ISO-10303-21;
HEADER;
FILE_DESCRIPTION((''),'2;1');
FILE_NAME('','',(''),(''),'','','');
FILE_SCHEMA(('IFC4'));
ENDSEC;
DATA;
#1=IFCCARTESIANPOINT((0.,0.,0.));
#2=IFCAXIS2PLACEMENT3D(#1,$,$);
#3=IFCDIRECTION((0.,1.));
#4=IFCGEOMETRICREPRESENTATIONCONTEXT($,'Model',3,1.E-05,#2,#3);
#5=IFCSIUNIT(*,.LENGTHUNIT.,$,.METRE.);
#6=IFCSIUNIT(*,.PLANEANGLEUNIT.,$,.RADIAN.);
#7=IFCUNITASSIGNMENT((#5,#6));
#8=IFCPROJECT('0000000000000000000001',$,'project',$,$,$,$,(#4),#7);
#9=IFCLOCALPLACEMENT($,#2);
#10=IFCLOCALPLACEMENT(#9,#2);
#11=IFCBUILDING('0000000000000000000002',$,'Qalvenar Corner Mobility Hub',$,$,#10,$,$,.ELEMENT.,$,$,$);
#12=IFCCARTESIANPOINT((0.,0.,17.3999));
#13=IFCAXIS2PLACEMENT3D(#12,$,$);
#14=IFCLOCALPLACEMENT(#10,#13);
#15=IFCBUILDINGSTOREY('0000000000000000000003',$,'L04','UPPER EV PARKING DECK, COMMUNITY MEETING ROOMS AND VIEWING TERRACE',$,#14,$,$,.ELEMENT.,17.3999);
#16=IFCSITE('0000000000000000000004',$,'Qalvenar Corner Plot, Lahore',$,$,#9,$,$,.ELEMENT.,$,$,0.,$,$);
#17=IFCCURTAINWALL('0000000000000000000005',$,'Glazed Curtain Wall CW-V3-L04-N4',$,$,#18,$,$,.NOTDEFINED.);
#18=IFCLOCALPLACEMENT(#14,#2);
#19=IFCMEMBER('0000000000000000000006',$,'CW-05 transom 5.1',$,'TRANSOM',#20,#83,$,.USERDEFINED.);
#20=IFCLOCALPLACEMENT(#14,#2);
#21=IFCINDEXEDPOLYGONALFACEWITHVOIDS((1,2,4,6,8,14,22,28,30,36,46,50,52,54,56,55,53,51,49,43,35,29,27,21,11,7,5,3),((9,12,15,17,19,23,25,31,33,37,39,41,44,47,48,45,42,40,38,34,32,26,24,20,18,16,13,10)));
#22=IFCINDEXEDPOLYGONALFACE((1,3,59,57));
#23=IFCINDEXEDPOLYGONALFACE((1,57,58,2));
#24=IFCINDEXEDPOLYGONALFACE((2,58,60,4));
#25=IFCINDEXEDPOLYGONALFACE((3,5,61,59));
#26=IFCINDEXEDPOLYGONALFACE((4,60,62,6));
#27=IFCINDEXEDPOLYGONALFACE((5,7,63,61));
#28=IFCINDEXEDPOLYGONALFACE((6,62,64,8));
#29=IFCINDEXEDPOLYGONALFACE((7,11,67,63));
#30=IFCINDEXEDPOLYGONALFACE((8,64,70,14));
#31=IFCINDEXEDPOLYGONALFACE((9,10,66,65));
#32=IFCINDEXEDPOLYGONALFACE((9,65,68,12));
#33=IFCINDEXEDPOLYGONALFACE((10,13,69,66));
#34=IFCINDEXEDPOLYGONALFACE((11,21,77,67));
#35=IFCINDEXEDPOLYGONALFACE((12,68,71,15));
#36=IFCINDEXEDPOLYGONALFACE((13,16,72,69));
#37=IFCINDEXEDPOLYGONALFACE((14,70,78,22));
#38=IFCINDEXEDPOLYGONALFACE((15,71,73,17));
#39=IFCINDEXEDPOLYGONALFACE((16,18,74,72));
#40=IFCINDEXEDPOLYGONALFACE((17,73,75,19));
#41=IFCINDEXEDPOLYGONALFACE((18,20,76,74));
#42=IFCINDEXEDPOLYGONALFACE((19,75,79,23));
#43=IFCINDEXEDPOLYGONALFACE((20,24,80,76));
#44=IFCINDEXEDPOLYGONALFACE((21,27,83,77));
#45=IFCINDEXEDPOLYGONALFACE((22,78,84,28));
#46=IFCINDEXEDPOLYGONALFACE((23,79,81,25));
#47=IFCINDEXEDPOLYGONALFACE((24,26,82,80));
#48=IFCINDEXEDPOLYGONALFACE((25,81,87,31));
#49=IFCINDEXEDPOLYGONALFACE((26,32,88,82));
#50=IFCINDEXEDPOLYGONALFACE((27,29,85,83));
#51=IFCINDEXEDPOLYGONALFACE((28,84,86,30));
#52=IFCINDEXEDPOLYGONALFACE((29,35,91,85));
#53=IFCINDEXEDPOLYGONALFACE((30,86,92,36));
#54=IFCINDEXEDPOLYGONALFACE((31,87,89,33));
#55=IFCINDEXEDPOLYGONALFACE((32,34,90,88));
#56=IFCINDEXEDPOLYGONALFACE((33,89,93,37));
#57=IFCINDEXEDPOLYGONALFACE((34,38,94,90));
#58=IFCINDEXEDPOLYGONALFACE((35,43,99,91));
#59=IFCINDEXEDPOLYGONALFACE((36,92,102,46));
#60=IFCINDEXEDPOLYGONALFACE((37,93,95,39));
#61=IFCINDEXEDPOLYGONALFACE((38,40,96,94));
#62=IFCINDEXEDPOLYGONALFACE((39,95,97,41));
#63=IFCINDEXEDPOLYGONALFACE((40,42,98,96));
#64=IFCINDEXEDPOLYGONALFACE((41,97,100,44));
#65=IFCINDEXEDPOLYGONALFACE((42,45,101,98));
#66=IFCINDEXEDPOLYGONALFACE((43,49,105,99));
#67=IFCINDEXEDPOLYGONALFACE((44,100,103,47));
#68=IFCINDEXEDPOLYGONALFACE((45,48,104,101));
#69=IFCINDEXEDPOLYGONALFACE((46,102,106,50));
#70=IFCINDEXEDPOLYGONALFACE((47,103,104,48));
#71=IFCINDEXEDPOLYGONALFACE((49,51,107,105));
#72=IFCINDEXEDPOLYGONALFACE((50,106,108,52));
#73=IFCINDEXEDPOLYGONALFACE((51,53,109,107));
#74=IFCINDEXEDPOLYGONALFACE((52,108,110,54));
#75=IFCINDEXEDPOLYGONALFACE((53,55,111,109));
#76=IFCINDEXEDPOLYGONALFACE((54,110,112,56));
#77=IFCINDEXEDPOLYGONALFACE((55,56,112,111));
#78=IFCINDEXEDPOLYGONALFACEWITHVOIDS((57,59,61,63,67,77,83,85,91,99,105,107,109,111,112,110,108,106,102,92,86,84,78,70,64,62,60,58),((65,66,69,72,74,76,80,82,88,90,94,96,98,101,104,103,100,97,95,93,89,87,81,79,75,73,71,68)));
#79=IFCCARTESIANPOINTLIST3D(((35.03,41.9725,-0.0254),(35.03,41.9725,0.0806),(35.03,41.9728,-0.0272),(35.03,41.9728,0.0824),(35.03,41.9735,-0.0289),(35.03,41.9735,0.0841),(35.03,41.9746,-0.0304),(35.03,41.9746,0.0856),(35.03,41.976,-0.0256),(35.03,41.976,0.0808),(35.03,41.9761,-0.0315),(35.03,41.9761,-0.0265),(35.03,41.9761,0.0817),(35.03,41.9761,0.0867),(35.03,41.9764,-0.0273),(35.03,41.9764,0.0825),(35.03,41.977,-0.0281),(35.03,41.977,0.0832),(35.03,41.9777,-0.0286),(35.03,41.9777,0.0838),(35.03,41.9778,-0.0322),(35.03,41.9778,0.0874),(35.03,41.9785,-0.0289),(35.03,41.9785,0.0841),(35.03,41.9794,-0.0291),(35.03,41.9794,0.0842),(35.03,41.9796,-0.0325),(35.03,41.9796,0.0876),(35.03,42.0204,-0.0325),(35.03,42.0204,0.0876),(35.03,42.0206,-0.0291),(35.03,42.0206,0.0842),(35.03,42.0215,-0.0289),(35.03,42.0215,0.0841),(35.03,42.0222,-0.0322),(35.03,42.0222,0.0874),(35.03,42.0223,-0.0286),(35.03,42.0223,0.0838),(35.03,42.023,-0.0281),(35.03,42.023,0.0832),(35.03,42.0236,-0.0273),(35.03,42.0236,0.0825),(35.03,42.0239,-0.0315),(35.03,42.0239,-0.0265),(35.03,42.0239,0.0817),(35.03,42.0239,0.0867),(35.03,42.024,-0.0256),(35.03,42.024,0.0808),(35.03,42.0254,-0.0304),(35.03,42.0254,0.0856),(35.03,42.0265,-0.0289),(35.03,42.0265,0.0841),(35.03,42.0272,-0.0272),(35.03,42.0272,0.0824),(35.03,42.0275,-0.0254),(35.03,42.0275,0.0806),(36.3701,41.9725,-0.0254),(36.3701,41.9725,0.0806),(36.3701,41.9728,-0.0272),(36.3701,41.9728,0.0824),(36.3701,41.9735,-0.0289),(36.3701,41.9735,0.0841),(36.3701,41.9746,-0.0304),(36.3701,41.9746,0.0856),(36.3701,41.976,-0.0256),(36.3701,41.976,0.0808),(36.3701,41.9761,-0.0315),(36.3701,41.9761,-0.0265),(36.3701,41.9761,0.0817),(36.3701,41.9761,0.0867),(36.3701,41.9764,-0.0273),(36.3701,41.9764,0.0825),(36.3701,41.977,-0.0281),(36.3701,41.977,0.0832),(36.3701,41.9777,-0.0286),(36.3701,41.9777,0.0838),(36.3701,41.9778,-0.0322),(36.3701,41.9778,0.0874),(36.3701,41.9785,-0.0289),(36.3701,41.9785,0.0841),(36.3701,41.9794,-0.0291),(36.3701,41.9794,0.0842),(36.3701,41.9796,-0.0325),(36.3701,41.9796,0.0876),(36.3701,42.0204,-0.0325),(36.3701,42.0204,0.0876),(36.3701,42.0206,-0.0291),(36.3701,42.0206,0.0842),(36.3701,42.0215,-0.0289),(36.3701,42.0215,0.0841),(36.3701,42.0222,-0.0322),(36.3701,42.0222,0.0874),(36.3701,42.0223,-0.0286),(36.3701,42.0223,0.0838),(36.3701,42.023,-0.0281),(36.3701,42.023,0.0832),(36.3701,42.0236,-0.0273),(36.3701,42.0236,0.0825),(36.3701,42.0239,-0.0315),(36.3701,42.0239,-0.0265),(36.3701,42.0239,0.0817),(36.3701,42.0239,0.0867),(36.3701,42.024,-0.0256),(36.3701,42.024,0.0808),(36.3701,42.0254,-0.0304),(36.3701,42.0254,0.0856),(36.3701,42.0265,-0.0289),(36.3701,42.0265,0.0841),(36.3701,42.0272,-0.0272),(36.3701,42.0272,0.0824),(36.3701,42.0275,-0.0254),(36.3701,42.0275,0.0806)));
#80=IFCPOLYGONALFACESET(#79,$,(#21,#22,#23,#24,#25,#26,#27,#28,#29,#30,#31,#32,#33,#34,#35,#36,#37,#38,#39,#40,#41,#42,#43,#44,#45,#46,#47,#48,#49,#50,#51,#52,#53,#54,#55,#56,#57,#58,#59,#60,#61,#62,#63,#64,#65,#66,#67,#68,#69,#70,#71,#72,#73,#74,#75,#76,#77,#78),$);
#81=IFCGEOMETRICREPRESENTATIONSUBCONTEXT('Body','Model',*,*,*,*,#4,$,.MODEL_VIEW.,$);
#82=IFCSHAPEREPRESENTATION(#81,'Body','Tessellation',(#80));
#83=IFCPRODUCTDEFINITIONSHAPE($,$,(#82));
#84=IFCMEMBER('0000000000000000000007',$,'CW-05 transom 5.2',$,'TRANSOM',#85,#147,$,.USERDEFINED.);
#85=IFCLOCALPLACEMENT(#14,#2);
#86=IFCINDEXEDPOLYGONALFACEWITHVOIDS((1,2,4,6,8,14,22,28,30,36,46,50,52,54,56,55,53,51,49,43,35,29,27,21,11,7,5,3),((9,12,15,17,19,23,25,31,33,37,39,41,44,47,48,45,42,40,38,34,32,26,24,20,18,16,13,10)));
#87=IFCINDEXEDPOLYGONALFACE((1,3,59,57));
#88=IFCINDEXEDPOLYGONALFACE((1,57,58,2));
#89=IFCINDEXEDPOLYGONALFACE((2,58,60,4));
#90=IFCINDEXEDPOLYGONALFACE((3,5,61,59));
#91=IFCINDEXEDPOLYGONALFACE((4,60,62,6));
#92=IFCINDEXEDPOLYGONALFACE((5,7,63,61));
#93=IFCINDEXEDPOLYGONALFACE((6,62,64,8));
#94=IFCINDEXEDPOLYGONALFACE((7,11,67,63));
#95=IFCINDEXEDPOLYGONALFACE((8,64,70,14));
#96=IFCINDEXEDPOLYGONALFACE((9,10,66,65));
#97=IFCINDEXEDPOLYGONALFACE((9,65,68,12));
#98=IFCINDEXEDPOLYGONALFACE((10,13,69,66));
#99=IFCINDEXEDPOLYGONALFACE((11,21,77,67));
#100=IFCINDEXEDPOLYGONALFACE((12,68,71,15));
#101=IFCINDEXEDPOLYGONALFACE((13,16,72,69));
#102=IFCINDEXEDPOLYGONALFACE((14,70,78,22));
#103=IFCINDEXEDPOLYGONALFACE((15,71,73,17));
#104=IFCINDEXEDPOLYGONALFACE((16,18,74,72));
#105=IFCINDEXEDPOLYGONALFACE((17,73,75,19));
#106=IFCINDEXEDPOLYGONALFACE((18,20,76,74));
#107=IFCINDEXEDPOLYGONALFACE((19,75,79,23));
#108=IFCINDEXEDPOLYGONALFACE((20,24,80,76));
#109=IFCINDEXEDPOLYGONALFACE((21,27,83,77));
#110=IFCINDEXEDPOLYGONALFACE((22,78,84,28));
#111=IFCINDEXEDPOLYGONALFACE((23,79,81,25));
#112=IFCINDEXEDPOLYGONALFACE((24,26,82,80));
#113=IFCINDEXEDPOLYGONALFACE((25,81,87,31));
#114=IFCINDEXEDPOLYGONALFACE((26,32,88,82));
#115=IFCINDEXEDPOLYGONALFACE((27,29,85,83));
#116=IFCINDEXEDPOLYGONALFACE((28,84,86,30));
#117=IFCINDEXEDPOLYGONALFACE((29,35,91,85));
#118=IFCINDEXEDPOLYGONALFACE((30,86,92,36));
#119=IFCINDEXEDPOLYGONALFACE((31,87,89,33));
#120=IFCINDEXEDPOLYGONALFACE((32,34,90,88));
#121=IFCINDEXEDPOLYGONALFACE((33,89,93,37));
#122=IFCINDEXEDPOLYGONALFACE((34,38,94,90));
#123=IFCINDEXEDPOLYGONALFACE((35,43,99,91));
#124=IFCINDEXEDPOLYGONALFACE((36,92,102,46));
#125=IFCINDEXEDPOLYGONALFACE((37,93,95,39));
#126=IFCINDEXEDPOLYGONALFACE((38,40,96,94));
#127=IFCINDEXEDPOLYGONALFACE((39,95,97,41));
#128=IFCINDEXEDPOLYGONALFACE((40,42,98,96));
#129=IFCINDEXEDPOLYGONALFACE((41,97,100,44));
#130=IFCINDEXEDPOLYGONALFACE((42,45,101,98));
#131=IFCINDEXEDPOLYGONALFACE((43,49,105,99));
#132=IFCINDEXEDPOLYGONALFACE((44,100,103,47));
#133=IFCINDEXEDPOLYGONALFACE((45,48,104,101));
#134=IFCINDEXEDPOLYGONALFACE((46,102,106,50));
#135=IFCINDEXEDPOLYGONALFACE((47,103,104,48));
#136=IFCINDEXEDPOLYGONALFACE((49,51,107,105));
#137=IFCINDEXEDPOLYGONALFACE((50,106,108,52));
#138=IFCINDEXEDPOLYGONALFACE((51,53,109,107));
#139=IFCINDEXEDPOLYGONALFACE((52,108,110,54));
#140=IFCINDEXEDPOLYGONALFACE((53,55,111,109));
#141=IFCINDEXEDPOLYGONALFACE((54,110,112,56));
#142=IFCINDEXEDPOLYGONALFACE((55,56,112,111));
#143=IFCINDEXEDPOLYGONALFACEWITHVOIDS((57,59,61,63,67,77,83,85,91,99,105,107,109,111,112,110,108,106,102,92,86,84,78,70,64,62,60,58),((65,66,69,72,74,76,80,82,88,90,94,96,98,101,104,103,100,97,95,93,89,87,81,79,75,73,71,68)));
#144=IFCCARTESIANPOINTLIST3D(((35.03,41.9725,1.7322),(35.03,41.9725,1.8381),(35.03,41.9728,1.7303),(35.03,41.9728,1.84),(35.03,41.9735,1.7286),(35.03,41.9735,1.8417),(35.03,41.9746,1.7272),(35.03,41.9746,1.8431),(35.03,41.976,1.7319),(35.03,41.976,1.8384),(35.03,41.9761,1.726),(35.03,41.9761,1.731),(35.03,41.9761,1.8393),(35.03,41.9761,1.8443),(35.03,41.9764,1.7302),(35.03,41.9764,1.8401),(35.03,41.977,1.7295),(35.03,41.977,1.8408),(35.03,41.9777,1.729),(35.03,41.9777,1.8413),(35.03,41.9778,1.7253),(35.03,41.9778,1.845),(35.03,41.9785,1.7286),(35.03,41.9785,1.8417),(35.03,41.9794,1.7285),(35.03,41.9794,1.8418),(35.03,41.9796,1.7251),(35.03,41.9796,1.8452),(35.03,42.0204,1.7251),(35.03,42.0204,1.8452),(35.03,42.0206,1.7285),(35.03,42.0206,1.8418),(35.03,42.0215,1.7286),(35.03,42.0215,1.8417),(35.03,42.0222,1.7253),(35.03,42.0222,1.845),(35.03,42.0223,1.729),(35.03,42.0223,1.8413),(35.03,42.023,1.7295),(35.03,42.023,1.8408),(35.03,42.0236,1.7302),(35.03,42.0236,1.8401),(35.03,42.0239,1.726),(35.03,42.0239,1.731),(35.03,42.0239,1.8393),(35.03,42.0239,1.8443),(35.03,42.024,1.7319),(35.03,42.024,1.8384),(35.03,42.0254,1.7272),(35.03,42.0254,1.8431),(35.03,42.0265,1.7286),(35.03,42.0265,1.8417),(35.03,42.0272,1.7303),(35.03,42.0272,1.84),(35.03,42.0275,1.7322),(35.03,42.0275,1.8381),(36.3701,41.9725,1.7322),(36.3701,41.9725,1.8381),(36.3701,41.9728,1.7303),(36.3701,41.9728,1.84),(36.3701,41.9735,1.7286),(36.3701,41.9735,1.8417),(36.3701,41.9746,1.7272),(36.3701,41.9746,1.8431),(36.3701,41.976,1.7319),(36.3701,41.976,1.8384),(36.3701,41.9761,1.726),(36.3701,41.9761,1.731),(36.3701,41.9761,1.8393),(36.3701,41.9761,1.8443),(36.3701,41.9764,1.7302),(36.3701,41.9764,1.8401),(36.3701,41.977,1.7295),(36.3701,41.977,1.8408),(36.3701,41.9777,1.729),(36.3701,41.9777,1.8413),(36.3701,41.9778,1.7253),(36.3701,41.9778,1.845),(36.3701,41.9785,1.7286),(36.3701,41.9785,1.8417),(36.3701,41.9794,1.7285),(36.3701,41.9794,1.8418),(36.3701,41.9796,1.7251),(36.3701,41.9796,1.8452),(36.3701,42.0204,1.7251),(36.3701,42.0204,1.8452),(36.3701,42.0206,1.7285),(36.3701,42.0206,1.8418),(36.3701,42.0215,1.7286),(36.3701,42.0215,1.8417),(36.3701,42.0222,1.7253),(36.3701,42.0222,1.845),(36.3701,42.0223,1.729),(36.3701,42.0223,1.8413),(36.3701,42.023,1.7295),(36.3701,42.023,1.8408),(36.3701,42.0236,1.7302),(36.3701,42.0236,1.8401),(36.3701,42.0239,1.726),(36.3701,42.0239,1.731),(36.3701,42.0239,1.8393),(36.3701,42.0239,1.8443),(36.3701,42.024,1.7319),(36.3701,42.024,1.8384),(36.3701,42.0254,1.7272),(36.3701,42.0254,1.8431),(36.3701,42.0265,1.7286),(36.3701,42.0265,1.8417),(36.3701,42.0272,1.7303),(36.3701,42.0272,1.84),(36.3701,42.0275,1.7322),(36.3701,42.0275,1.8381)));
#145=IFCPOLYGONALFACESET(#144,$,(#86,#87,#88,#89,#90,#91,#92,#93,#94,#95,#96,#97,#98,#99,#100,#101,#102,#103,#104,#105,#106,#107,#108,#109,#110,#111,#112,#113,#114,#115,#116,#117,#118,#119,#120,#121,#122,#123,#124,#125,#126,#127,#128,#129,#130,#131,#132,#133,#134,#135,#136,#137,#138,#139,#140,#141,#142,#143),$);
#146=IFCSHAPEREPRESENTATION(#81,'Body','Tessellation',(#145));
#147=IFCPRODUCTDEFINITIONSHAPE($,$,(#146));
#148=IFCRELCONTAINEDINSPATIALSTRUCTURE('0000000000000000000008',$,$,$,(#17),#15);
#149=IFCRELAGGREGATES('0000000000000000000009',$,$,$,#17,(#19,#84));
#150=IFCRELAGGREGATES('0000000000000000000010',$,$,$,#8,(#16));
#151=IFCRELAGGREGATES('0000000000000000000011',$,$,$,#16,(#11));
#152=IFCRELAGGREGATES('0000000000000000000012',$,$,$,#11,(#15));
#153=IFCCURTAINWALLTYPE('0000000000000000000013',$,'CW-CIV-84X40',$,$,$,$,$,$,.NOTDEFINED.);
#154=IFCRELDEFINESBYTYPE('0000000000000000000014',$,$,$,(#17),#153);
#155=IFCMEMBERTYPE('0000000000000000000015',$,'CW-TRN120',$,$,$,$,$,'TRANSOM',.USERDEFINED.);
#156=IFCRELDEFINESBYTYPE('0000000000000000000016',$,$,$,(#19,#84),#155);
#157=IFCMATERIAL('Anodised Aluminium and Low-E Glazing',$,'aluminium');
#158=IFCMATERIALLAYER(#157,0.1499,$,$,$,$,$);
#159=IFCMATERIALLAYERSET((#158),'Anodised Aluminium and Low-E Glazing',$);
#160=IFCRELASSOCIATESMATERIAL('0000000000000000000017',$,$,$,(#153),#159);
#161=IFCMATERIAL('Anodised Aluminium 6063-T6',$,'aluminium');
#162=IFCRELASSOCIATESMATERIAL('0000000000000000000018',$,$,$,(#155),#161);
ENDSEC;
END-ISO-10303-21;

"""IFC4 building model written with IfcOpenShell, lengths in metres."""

from ifc_helpers import new_model, si_unit, direction, frame, origin, origin_2d, place, context, subcontext, project, spatial, hollow_rectangle, extrude, material, layer, layer_set, material_profile, profile_set, type_object, element, aggregate, save


model = new_model("IFC4")

# Units and contexts
model_context = context("Model", 3, precision=1e-05, world=origin(), true_north=direction((0.0, 1.0)))
body_context = subcontext(model_context, "Body", "Model", "MODEL_VIEW")
ifc_project = project(units=[si_unit("LENGTHUNIT", "METRE"), si_unit("PLANEANGLEUNIT", "RADIAN")], contexts=[model_context])

# Site, building, storey
site_placement = place(None, origin())
site = spatial("IfcSite", under=ifc_project, at=site_placement, Name="Qalvenar Corner Plot, Lahore", CompositionType="ELEMENT", RefElevation=0.0)
building_placement = place(site_placement, origin())
building = spatial("IfcBuilding", under=site, at=building_placement, Name="Qalvenar Corner Mobility Hub", CompositionType="ELEMENT")
storey_placement = place(building_placement, frame((0.0, 0.0, 17.3999)))
storey = spatial("IfcBuildingStorey", under=building, at=storey_placement, Name="L04", Description="UPPER EV PARKING DECK, COMMUNITY MEETING ROOMS AND VIEWING TERRACE", CompositionType="ELEMENT", Elevation=17.3999)

# Curtain wall
ifc_material_1 = material(Name="Anodised Aluminium and Low-E Glazing", Category="aluminium")
ifc_layer_1 = layer(ifc_material_1, 0.1499)
ifc_layer_set_1 = layer_set([ifc_layer_1], Name="Anodised Aluminium and Low-E Glazing")
curtain_wall_type = type_object("IfcCurtainWallType", Name="CW-CIV-84X40", PredefinedType="NOTDEFINED", material=ifc_layer_set_1)
ifc_material_2 = material(Name="Anodised Aluminium 6063-T6", Category="aluminium")
curtain_wall_1_placement = place(storey_placement, origin())
curtain_wall_1 = element("IfcCurtainWall", 1, at=curtain_wall_1_placement, inside=storey, type_object=curtain_wall_type, Name="Glazed Curtain Wall CW-V3-L04-N4", PredefinedType="NOTDEFINED")

# Members
ifc_material_profile_1 = material_profile(ifc_material_2, hollow_rectangle(XDim=0.0549, YDim=0.1201, WallThickness=0.0034, InnerFilletRadius=0.0034, OuterFilletRadius=0.0071, at=origin_2d()), Name="RHS120x55x3.5")
ifc_profile_set_1 = profile_set([ifc_material_profile_1], Name="Anodised Aluminium 6063-T6")
member_type_1 = type_object("IfcMemberType", Name="CW-TRN120", ElementType="TRANSOM", PredefinedType="USERDEFINED", material=ifc_profile_set_1)
member_1_placement = place(storey_placement, frame((36.3701, 42.0, 0.0276), z_axis=(-1.0, 0.0, 0.0), x_axis=(0.0, -1.0, 0.0)))
member_1 = element("IfcMember", 2, at=member_1_placement, type_object=member_type_1, Name="CW-05 transom 5.1", ObjectType="TRANSOM", PredefinedType="USERDEFINED", context=body_context, shape_type="SweptSolid", body=[
    extrude(hollow_rectangle(XDim=0.0549, YDim=0.1201, WallThickness=0.0034, InnerFilletRadius=0.0034, OuterFilletRadius=0.0071, at=origin_2d()), origin(), (0.0, 0.0, 1.0), 1.3401),
])
member_2_placement = place(storey_placement, frame((36.3701, 42.0, 1.7852), z_axis=(-1.0, 0.0, 0.0), x_axis=(0.0, -1.0, 0.0)))
member_2 = element("IfcMember", 3, at=member_2_placement, type_object=member_type_1, Name="CW-05 transom 5.2", ObjectType="TRANSOM", PredefinedType="USERDEFINED", context=body_context, shape_type="SweptSolid", body=[
    extrude(hollow_rectangle(XDim=0.0549, YDim=0.1201, WallThickness=0.0034, InnerFilletRadius=0.0034, OuterFilletRadius=0.0071, at=origin_2d()), origin(), (0.0, 0.0, 1.0), 1.3401),
])

aggregate(curtain_wall_1, [member_1, member_2])

save(model, "model.ifc")
